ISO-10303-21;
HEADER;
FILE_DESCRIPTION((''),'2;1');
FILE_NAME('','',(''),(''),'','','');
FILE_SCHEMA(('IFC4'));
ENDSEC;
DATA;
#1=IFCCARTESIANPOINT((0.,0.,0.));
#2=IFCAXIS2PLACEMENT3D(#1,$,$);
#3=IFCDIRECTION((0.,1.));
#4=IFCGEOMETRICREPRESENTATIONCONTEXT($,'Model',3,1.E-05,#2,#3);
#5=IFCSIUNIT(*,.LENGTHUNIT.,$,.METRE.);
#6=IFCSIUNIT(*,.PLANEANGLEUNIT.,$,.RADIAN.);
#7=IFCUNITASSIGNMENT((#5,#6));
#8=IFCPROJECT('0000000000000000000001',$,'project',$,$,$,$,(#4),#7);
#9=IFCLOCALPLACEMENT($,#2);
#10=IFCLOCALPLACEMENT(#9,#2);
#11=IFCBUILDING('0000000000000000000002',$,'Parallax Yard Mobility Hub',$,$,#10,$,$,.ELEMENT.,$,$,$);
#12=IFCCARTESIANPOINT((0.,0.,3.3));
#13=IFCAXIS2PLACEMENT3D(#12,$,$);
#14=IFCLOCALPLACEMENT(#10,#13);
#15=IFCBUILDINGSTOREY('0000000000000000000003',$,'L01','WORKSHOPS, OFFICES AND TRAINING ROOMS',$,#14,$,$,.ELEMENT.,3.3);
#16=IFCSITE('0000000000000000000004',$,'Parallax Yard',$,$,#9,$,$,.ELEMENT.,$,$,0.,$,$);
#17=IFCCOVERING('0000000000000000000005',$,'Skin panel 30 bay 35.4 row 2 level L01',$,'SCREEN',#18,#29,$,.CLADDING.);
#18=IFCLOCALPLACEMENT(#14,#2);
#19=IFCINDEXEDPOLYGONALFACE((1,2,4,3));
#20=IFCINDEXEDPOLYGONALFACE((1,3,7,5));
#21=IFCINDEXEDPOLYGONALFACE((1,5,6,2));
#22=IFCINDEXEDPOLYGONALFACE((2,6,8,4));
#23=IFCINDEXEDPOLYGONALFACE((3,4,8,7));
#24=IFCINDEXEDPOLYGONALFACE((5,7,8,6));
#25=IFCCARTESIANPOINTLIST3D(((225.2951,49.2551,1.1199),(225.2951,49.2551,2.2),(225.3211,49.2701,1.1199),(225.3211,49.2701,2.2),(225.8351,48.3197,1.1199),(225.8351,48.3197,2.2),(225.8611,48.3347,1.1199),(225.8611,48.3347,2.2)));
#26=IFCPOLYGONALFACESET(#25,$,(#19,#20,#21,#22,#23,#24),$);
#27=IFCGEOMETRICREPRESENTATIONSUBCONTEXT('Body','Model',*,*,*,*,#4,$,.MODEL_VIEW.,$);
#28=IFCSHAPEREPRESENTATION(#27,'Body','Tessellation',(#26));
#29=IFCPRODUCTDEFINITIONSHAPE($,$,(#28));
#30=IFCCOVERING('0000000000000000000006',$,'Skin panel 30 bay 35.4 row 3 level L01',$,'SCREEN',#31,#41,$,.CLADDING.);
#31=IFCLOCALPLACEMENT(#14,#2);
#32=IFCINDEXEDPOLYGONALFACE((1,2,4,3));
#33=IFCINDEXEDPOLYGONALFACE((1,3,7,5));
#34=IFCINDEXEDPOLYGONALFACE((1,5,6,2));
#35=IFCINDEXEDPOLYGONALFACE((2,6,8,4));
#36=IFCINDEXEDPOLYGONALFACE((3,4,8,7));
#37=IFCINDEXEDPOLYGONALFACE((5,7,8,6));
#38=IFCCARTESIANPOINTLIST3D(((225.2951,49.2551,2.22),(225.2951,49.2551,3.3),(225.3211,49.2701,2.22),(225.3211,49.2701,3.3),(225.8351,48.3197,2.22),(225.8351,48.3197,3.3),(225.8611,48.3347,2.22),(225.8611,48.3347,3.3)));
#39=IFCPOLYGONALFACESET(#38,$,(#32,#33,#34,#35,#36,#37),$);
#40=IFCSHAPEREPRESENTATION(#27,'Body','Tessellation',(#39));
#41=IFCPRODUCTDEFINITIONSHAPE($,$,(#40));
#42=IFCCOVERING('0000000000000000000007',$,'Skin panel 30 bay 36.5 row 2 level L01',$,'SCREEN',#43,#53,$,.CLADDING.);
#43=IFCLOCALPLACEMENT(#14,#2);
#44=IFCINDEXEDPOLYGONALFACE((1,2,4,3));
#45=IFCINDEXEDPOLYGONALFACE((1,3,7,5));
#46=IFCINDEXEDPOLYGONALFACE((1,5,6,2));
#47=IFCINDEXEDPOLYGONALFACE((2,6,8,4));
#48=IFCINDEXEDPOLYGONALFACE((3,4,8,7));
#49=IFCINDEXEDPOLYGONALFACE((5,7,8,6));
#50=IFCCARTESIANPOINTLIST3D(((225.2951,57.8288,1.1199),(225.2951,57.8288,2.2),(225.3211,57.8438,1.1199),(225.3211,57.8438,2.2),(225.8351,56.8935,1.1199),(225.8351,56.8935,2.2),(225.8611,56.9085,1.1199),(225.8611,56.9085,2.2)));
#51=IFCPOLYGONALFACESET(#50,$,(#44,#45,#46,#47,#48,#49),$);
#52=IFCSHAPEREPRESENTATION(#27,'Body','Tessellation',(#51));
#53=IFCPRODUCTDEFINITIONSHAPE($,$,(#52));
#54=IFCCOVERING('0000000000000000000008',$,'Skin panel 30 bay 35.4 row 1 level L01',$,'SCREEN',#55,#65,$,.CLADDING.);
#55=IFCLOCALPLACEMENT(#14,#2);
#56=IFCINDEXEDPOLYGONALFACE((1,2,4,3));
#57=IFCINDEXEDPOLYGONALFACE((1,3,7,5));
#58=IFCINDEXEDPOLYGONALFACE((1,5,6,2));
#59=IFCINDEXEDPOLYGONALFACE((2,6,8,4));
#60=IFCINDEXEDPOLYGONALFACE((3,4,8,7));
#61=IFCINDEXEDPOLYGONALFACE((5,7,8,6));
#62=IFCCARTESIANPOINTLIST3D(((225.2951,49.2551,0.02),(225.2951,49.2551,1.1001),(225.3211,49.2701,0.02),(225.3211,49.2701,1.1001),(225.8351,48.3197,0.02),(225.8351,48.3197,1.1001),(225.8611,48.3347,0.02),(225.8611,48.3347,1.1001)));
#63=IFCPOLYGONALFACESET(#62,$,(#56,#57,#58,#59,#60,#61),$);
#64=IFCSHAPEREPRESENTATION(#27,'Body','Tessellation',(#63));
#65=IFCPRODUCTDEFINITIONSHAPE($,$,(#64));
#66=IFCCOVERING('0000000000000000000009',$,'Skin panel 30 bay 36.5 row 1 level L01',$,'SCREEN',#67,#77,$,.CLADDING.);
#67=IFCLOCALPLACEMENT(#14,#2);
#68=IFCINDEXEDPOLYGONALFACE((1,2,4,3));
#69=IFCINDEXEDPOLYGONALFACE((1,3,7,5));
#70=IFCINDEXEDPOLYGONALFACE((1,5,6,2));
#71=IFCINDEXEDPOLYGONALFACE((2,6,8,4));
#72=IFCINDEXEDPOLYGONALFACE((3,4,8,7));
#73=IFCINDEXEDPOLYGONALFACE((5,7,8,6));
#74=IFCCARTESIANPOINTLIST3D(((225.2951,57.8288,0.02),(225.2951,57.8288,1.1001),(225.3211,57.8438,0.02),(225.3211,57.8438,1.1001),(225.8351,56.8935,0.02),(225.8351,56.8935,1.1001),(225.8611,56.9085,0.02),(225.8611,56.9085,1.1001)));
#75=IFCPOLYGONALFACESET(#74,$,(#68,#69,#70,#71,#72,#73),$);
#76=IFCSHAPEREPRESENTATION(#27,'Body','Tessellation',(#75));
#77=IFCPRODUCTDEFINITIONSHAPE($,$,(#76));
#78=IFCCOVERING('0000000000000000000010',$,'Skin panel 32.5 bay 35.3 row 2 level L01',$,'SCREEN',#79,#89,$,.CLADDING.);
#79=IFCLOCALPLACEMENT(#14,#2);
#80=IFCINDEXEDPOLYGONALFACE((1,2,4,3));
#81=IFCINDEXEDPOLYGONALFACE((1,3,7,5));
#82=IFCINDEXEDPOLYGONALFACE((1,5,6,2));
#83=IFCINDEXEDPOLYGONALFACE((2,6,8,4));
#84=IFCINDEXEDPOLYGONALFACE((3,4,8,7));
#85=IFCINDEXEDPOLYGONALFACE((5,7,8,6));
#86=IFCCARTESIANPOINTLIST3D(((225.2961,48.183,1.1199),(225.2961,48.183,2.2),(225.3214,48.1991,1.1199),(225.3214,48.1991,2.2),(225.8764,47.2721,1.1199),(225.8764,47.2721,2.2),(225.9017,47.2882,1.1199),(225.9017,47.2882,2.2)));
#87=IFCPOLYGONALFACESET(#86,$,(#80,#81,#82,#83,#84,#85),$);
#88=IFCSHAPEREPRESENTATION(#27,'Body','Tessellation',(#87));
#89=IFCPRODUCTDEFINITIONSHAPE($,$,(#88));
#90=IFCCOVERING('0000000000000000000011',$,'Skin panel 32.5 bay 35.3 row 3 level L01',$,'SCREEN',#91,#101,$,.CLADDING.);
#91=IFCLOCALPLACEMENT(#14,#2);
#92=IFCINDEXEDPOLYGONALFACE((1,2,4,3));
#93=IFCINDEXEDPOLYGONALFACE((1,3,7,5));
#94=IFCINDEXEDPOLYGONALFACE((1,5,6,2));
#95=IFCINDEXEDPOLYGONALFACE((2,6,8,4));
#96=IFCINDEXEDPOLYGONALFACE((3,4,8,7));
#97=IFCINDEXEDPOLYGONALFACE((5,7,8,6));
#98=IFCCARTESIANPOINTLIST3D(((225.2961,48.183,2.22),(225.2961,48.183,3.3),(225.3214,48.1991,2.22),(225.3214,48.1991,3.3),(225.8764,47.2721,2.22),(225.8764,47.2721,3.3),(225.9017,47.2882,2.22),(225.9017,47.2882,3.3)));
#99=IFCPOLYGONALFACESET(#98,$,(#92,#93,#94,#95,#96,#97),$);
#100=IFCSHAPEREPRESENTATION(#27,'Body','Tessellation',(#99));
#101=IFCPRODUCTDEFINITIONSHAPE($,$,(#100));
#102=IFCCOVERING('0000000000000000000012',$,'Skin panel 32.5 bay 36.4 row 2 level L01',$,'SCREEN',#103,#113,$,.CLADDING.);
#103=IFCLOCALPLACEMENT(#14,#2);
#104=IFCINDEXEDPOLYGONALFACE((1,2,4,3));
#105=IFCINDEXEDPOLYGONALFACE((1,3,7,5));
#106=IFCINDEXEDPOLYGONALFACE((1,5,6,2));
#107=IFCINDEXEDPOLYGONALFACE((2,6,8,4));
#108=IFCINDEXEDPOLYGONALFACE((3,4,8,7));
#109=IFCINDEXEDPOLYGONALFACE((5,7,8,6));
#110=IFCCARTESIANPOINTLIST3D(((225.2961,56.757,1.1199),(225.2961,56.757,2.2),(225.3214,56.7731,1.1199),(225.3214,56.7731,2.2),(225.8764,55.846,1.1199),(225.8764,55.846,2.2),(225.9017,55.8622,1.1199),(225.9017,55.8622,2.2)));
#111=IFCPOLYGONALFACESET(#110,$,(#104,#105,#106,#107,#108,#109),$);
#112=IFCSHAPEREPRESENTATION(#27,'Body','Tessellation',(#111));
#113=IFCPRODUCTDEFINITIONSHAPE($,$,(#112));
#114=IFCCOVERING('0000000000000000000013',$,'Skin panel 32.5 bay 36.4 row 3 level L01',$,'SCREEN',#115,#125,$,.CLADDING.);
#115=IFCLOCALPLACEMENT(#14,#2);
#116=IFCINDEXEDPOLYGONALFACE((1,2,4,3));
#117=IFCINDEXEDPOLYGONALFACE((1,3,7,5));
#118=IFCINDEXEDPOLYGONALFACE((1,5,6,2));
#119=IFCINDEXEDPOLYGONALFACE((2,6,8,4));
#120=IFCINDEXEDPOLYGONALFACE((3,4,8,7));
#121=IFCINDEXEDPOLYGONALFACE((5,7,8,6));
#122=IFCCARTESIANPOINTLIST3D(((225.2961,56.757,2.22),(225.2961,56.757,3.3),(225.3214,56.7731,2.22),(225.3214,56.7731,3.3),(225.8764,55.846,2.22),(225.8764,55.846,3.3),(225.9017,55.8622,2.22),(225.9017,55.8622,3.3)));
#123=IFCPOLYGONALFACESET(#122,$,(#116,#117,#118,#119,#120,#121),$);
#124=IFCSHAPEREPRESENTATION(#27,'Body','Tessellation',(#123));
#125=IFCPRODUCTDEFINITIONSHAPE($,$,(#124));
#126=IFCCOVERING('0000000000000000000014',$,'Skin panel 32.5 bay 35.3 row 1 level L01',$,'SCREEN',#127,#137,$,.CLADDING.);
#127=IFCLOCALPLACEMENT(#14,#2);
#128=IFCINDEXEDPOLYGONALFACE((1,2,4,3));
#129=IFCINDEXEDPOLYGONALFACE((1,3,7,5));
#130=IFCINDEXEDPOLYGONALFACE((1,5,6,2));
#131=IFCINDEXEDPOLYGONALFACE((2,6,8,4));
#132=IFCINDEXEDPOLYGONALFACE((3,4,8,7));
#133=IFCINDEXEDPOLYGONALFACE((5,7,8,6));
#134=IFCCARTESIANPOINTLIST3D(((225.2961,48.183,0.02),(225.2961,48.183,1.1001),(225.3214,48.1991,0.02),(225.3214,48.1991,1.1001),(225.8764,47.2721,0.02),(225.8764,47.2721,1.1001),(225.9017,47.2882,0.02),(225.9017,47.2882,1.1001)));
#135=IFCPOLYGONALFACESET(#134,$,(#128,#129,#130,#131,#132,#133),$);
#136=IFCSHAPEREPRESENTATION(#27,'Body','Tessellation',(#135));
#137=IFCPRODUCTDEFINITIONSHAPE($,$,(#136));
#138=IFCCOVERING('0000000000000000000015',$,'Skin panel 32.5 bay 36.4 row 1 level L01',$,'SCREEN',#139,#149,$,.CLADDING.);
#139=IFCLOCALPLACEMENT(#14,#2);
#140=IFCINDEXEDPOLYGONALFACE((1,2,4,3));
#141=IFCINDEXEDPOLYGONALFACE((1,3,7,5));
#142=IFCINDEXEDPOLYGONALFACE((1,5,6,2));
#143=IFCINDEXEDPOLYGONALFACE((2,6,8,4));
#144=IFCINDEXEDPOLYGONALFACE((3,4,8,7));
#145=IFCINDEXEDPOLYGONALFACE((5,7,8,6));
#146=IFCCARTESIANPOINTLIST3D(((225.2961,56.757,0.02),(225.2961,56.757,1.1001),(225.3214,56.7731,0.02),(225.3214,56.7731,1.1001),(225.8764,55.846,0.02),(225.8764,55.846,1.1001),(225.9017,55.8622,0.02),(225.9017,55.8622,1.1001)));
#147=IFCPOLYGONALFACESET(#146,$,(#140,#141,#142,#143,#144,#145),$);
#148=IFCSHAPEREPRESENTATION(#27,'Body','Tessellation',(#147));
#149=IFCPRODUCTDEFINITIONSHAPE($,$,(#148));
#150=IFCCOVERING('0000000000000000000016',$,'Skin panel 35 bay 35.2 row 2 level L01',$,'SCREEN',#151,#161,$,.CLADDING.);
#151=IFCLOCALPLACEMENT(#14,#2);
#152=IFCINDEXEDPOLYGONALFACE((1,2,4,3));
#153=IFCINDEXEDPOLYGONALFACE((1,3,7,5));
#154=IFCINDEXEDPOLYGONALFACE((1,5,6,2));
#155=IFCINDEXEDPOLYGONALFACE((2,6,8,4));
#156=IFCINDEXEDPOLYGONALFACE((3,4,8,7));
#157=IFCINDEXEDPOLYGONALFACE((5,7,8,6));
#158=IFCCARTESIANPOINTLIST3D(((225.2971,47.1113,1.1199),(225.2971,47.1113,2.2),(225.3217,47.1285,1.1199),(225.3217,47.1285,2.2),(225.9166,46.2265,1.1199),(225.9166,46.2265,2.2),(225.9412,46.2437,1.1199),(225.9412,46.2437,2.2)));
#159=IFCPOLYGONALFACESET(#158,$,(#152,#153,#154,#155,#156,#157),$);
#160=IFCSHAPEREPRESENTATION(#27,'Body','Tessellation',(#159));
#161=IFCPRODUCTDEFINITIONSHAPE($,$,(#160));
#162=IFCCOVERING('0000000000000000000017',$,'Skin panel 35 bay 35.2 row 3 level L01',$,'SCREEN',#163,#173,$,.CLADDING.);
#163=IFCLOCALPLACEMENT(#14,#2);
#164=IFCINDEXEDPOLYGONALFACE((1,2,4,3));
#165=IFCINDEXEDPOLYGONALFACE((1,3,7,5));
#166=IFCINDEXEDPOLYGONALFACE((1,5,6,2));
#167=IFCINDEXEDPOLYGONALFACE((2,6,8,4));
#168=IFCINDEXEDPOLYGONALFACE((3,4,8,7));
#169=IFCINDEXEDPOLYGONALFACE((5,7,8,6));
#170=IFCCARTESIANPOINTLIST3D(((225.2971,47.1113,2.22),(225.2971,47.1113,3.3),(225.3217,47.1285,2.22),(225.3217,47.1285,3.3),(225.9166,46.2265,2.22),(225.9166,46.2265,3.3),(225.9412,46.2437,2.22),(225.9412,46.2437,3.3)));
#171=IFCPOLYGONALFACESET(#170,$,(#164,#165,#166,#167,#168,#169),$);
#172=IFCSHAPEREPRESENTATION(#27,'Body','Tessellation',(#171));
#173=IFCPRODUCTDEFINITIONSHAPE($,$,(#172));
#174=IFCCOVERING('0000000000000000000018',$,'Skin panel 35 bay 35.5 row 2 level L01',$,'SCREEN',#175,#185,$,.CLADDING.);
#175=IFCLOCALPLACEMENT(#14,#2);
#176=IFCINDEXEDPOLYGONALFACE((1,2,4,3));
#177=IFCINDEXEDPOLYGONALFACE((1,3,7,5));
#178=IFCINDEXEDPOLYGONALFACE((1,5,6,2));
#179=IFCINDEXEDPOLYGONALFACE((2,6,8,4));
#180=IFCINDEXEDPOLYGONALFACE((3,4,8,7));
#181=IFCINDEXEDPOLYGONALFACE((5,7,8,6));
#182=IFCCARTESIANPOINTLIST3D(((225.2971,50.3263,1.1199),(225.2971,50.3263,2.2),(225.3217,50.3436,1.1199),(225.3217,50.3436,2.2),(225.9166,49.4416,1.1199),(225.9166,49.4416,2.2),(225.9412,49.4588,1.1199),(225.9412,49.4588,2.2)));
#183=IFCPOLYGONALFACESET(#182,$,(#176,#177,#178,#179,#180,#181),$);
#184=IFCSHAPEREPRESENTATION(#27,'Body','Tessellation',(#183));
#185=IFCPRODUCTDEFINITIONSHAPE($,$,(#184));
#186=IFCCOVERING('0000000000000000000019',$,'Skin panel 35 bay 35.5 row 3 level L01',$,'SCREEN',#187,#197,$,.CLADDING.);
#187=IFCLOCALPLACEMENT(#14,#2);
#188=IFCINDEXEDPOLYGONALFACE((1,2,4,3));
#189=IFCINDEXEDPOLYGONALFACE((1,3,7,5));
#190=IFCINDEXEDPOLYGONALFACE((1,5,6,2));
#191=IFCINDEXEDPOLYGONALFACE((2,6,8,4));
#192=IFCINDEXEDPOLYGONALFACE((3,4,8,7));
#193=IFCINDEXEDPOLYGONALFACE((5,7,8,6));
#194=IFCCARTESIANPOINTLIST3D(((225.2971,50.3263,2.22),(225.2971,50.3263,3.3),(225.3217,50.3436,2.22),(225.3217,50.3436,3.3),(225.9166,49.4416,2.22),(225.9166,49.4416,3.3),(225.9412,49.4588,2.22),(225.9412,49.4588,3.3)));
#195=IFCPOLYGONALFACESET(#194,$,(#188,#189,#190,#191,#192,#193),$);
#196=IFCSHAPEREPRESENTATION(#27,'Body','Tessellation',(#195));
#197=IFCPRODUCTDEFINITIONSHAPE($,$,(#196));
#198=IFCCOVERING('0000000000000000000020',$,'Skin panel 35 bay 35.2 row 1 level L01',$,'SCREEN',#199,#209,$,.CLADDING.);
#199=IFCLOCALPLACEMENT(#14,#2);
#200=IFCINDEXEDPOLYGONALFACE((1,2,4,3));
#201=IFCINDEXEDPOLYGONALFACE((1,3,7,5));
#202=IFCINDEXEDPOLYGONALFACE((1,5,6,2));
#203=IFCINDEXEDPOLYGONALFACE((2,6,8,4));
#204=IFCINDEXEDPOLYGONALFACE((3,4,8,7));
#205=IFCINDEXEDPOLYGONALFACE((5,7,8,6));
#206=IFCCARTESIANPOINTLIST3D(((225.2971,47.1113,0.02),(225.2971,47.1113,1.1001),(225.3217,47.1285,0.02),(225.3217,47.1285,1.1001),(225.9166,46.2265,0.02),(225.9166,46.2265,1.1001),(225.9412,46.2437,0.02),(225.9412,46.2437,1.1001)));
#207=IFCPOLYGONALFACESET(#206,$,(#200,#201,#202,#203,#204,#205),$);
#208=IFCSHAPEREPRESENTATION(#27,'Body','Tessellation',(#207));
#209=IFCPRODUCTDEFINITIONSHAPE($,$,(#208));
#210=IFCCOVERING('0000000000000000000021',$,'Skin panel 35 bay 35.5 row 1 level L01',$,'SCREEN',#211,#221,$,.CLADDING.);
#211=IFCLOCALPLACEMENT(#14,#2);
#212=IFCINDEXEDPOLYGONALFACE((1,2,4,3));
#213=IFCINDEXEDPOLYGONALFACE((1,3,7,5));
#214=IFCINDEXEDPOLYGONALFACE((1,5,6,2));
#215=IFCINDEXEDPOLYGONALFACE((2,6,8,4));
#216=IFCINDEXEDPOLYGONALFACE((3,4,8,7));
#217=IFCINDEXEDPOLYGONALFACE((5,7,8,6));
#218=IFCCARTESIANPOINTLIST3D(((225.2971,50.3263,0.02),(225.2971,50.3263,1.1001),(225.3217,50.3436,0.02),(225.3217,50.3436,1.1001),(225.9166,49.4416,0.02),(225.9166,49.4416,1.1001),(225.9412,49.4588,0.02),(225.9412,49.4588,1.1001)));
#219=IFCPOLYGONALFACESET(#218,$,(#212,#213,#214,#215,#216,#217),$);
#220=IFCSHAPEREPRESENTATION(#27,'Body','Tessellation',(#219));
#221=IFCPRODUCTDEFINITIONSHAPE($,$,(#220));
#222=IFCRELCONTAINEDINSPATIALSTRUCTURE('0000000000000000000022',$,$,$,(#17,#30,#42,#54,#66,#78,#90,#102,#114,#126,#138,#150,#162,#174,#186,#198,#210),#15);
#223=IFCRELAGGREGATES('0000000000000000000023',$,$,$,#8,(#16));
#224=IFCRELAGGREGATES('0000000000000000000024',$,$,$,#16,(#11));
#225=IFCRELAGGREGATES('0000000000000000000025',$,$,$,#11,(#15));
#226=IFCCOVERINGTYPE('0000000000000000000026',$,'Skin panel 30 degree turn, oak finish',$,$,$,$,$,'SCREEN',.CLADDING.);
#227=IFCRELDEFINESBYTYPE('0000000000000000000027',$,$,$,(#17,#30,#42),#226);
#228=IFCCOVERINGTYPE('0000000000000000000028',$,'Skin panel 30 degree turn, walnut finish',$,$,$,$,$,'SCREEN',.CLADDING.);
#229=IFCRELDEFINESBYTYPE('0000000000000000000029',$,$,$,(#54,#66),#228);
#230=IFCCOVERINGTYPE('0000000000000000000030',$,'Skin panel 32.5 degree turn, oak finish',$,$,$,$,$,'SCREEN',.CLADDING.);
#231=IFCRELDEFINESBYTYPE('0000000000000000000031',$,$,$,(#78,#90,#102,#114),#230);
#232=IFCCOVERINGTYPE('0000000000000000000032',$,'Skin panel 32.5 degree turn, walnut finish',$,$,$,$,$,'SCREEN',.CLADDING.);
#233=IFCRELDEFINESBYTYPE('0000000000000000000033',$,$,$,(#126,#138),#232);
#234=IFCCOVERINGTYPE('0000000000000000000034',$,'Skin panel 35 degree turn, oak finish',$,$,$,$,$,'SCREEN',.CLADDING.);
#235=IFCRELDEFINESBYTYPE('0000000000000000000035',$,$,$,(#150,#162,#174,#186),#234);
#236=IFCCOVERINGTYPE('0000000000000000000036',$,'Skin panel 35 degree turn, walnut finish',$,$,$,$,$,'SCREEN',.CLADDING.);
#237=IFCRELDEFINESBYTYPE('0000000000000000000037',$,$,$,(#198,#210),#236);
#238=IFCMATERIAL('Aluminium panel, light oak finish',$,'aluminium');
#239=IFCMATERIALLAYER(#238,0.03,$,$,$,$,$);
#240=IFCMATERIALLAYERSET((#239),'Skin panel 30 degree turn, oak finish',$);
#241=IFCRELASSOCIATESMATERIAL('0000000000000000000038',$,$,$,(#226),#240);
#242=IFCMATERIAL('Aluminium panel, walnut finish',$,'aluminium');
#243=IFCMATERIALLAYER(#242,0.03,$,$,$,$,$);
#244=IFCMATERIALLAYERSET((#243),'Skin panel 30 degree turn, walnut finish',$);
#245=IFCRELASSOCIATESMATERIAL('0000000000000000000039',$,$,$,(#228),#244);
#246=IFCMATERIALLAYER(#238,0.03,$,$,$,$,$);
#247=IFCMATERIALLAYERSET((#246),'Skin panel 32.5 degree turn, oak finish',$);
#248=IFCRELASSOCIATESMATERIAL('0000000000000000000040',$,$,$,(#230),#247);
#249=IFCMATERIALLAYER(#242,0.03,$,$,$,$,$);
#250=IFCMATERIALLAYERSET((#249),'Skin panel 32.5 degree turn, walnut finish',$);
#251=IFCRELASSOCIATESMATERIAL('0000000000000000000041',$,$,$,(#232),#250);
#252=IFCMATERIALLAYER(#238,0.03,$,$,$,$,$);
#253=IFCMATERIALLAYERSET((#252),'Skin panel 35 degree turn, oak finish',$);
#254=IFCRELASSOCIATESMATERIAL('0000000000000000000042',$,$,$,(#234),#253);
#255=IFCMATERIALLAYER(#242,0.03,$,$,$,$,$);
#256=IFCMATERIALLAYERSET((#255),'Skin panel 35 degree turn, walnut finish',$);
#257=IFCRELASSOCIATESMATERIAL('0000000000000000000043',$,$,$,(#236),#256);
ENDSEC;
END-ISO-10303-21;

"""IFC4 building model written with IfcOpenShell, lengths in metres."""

from ifc_helpers import new_model, si_unit, direction, frame, origin, origin_2d, place, context, subcontext, project, spatial, rectangle, extrude, material, layer, layer_set, type_object, element, save


model = new_model("IFC4")

# Units and contexts
model_context = context("Model", 3, precision=1e-05, world=origin(), true_north=direction((0.0, 1.0)))
body_context = subcontext(model_context, "Body", "Model", "MODEL_VIEW")
ifc_project = project(units=[si_unit("LENGTHUNIT", "METRE"), si_unit("PLANEANGLEUNIT", "RADIAN")], contexts=[model_context])

# Site, building, storey
site_placement = place(None, origin())
site = spatial("IfcSite", under=ifc_project, at=site_placement, Name="Parallax Yard", CompositionType="ELEMENT", RefElevation=0.0)
building_placement = place(site_placement, origin())
building = spatial("IfcBuilding", under=site, at=building_placement, Name="Parallax Yard Mobility Hub", CompositionType="ELEMENT")
storey_placement = place(building_placement, frame((0.0, 0.0, 3.3)))
storey = spatial("IfcBuildingStorey", under=building, at=storey_placement, Name="L01", Description="WORKSHOPS, OFFICES AND TRAINING ROOMS", CompositionType="ELEMENT", Elevation=3.3)

# Coverings
ifc_material_1 = material(Name="Aluminium panel, light oak finish", Category="aluminium")
ifc_material_2 = material(Name="Aluminium panel, walnut finish", Category="aluminium")
ifc_layer_1 = layer(ifc_material_1, 0.03)
ifc_layer_set_1 = layer_set([ifc_layer_1], Name="Skin panel 30 degree turn, oak finish")
covering_type_1 = type_object("IfcCoveringType", Name="Skin panel 30 degree turn, oak finish", ElementType="SCREEN", PredefinedType="CLADDING", material=ifc_layer_set_1)
for number, where, z_axis, x_axis, name in (
    (1, (225.5781, 48.7949, 1.1199), (0.0, 0.0, 1.0), (0.5, -0.866025, 0.0), "Skin panel 30 bay 35.4 row 2 level L01"),
    (2, (225.5781, 48.7949, 2.22), (0.0, 0.0, 1.0), (0.5, -0.866025, 0.0), "Skin panel 30 bay 35.4 row 3 level L01"),
    (3, (225.5781, 57.3687, 1.1199), (0.0, 0.0, 1.0), (0.5, -0.866025, 0.0), "Skin panel 30 bay 36.5 row 2 level L01"),
):
    element("IfcCovering", number, at=place(storey_placement, frame(where, z_axis=z_axis, x_axis=x_axis)), inside=storey, type_object=covering_type_1, Name=name, ObjectType="SCREEN", PredefinedType="CLADDING", context=body_context, shape_type="SweptSolid", body=[
        extrude(rectangle(XDim=1.0801, YDim=0.03, at=origin_2d()), origin(), (0.0, 0.0, 1.0), 1.0801),
    ])
ifc_layer_2 = layer(ifc_material_2, 0.03)
ifc_layer_set_2 = layer_set([ifc_layer_2], Name="Skin panel 30 degree turn, walnut finish")
covering_type_2 = type_object("IfcCoveringType", Name="Skin panel 30 degree turn, walnut finish", ElementType="SCREEN", PredefinedType="CLADDING", material=ifc_layer_set_2)
for number, where, z_axis, x_axis, name in (
    (4, (225.5781, 48.7949, 0.02), (0.0, 0.0, 1.0), (0.5, -0.866025, 0.0), "Skin panel 30 bay 35.4 row 1 level L01"),
    (5, (225.5781, 57.3687, 0.02), (0.0, 0.0, 1.0), (0.5, -0.866025, 0.0), "Skin panel 30 bay 36.5 row 1 level L01"),
):
    element("IfcCovering", number, at=place(storey_placement, frame(where, z_axis=z_axis, x_axis=x_axis)), inside=storey, type_object=covering_type_2, Name=name, ObjectType="SCREEN", PredefinedType="CLADDING", context=body_context, shape_type="SweptSolid", body=[
        extrude(rectangle(XDim=1.0801, YDim=0.03, at=origin_2d()), origin(), (0.0, 0.0, 1.0), 1.0801),
    ])
ifc_layer_3 = layer(ifc_material_1, 0.03)
ifc_layer_set_3 = layer_set([ifc_layer_3], Name="Skin panel 32.5 degree turn, oak finish")
covering_type_3 = type_object("IfcCoveringType", Name="Skin panel 32.5 degree turn, oak finish", ElementType="SCREEN", PredefinedType="CLADDING", material=ifc_layer_set_3)
for number, where, z_axis, x_axis, name in (
    (6, (225.5989, 47.7356, 1.1199), (0.0, 0.0, 1.0), (0.5373, -0.843391, 0.0), "Skin panel 32.5 bay 35.3 row 2 level L01"),
    (7, (225.5989, 47.7356, 2.22), (0.0, 0.0, 1.0), (0.5373, -0.843391, 0.0), "Skin panel 32.5 bay 35.3 row 3 level L01"),
    (8, (225.5989, 56.3096, 1.1199), (0.0, 0.0, 1.0), (0.5373, -0.843391, 0.0), "Skin panel 32.5 bay 36.4 row 2 level L01"),
    (9, (225.5989, 56.3096, 2.22), (0.0, 0.0, 1.0), (0.5373, -0.843391, 0.0), "Skin panel 32.5 bay 36.4 row 3 level L01"),
):
    element("IfcCovering", number, at=place(storey_placement, frame(where, z_axis=z_axis, x_axis=x_axis)), inside=storey, type_object=covering_type_3, Name=name, ObjectType="SCREEN", PredefinedType="CLADDING", context=body_context, shape_type="SweptSolid", body=[
        extrude(rectangle(XDim=1.0801, YDim=0.03, at=origin_2d()), origin(), (0.0, 0.0, 1.0), 1.0801),
    ])
ifc_layer_4 = layer(ifc_material_2, 0.03)
ifc_layer_set_4 = layer_set([ifc_layer_4], Name="Skin panel 32.5 degree turn, walnut finish")
covering_type_4 = type_object("IfcCoveringType", Name="Skin panel 32.5 degree turn, walnut finish", ElementType="SCREEN", PredefinedType="CLADDING", material=ifc_layer_set_4)
for number, where, z_axis, x_axis, name in (
    (10, (225.5989, 47.7356, 0.02), (0.0, 0.0, 1.0), (0.5373, -0.843391, 0.0), "Skin panel 32.5 bay 35.3 row 1 level L01"),
    (11, (225.5989, 56.3096, 0.02), (0.0, 0.0, 1.0), (0.5373, -0.843391, 0.0), "Skin panel 32.5 bay 36.4 row 1 level L01"),
):
    element("IfcCovering", number, at=place(storey_placement, frame(where, z_axis=z_axis, x_axis=x_axis)), inside=storey, type_object=covering_type_4, Name=name, ObjectType="SCREEN", PredefinedType="CLADDING", context=body_context, shape_type="SweptSolid", body=[
        extrude(rectangle(XDim=1.0801, YDim=0.03, at=origin_2d()), origin(), (0.0, 0.0, 1.0), 1.0801),
    ])
ifc_layer_5 = layer(ifc_material_1, 0.03)
ifc_layer_set_5 = layer_set([ifc_layer_5], Name="Skin panel 35 degree turn, oak finish")
covering_type_5 = type_object("IfcCoveringType", Name="Skin panel 35 degree turn, oak finish", ElementType="SCREEN", PredefinedType="CLADDING", material=ifc_layer_set_5)
for number, where, z_axis, x_axis, name in (
    (12, (225.6191, 46.6775, 1.1199), (0.0, 0.0, 1.0), (0.573576, -0.819152, 0.0), "Skin panel 35 bay 35.2 row 2 level L01"),
    (13, (225.6191, 46.6775, 2.22), (0.0, 0.0, 1.0), (0.573576, -0.819152, 0.0), "Skin panel 35 bay 35.2 row 3 level L01"),
    (14, (225.6191, 49.8926, 1.1199), (0.0, 0.0, 1.0), (0.573576, -0.819152, 0.0), "Skin panel 35 bay 35.5 row 2 level L01"),
    (15, (225.6191, 49.8926, 2.22), (0.0, 0.0, 1.0), (0.573576, -0.819152, 0.0), "Skin panel 35 bay 35.5 row 3 level L01"),
):
    element("IfcCovering", number, at=place(storey_placement, frame(where, z_axis=z_axis, x_axis=x_axis)), inside=storey, type_object=covering_type_5, Name=name, ObjectType="SCREEN", PredefinedType="CLADDING", context=body_context, shape_type="SweptSolid", body=[
        extrude(rectangle(XDim=1.0801, YDim=0.03, at=origin_2d()), origin(), (0.0, 0.0, 1.0), 1.0801),
    ])
ifc_layer_6 = layer(ifc_material_2, 0.03)
ifc_layer_set_6 = layer_set([ifc_layer_6], Name="Skin panel 35 degree turn, walnut finish")
covering_type_6 = type_object("IfcCoveringType", Name="Skin panel 35 degree turn, walnut finish", ElementType="SCREEN", PredefinedType="CLADDING", material=ifc_layer_set_6)
for number, where, z_axis, x_axis, name in (
    (16, (225.6191, 46.6775, 0.02), (0.0, 0.0, 1.0), (0.573576, -0.819152, 0.0), "Skin panel 35 bay 35.2 row 1 level L01"),
    (17, (225.6191, 49.8926, 0.02), (0.0, 0.0, 1.0), (0.573576, -0.819152, 0.0), "Skin panel 35 bay 35.5 row 1 level L01"),
):
    element("IfcCovering", number, at=place(storey_placement, frame(where, z_axis=z_axis, x_axis=x_axis)), inside=storey, type_object=covering_type_6, Name=name, ObjectType="SCREEN", PredefinedType="CLADDING", context=body_context, shape_type="SweptSolid", body=[
        extrude(rectangle(XDim=1.0801, YDim=0.03, at=origin_2d()), origin(), (0.0, 0.0, 1.0), 1.0801),
    ])

save(model, "model.ifc")
